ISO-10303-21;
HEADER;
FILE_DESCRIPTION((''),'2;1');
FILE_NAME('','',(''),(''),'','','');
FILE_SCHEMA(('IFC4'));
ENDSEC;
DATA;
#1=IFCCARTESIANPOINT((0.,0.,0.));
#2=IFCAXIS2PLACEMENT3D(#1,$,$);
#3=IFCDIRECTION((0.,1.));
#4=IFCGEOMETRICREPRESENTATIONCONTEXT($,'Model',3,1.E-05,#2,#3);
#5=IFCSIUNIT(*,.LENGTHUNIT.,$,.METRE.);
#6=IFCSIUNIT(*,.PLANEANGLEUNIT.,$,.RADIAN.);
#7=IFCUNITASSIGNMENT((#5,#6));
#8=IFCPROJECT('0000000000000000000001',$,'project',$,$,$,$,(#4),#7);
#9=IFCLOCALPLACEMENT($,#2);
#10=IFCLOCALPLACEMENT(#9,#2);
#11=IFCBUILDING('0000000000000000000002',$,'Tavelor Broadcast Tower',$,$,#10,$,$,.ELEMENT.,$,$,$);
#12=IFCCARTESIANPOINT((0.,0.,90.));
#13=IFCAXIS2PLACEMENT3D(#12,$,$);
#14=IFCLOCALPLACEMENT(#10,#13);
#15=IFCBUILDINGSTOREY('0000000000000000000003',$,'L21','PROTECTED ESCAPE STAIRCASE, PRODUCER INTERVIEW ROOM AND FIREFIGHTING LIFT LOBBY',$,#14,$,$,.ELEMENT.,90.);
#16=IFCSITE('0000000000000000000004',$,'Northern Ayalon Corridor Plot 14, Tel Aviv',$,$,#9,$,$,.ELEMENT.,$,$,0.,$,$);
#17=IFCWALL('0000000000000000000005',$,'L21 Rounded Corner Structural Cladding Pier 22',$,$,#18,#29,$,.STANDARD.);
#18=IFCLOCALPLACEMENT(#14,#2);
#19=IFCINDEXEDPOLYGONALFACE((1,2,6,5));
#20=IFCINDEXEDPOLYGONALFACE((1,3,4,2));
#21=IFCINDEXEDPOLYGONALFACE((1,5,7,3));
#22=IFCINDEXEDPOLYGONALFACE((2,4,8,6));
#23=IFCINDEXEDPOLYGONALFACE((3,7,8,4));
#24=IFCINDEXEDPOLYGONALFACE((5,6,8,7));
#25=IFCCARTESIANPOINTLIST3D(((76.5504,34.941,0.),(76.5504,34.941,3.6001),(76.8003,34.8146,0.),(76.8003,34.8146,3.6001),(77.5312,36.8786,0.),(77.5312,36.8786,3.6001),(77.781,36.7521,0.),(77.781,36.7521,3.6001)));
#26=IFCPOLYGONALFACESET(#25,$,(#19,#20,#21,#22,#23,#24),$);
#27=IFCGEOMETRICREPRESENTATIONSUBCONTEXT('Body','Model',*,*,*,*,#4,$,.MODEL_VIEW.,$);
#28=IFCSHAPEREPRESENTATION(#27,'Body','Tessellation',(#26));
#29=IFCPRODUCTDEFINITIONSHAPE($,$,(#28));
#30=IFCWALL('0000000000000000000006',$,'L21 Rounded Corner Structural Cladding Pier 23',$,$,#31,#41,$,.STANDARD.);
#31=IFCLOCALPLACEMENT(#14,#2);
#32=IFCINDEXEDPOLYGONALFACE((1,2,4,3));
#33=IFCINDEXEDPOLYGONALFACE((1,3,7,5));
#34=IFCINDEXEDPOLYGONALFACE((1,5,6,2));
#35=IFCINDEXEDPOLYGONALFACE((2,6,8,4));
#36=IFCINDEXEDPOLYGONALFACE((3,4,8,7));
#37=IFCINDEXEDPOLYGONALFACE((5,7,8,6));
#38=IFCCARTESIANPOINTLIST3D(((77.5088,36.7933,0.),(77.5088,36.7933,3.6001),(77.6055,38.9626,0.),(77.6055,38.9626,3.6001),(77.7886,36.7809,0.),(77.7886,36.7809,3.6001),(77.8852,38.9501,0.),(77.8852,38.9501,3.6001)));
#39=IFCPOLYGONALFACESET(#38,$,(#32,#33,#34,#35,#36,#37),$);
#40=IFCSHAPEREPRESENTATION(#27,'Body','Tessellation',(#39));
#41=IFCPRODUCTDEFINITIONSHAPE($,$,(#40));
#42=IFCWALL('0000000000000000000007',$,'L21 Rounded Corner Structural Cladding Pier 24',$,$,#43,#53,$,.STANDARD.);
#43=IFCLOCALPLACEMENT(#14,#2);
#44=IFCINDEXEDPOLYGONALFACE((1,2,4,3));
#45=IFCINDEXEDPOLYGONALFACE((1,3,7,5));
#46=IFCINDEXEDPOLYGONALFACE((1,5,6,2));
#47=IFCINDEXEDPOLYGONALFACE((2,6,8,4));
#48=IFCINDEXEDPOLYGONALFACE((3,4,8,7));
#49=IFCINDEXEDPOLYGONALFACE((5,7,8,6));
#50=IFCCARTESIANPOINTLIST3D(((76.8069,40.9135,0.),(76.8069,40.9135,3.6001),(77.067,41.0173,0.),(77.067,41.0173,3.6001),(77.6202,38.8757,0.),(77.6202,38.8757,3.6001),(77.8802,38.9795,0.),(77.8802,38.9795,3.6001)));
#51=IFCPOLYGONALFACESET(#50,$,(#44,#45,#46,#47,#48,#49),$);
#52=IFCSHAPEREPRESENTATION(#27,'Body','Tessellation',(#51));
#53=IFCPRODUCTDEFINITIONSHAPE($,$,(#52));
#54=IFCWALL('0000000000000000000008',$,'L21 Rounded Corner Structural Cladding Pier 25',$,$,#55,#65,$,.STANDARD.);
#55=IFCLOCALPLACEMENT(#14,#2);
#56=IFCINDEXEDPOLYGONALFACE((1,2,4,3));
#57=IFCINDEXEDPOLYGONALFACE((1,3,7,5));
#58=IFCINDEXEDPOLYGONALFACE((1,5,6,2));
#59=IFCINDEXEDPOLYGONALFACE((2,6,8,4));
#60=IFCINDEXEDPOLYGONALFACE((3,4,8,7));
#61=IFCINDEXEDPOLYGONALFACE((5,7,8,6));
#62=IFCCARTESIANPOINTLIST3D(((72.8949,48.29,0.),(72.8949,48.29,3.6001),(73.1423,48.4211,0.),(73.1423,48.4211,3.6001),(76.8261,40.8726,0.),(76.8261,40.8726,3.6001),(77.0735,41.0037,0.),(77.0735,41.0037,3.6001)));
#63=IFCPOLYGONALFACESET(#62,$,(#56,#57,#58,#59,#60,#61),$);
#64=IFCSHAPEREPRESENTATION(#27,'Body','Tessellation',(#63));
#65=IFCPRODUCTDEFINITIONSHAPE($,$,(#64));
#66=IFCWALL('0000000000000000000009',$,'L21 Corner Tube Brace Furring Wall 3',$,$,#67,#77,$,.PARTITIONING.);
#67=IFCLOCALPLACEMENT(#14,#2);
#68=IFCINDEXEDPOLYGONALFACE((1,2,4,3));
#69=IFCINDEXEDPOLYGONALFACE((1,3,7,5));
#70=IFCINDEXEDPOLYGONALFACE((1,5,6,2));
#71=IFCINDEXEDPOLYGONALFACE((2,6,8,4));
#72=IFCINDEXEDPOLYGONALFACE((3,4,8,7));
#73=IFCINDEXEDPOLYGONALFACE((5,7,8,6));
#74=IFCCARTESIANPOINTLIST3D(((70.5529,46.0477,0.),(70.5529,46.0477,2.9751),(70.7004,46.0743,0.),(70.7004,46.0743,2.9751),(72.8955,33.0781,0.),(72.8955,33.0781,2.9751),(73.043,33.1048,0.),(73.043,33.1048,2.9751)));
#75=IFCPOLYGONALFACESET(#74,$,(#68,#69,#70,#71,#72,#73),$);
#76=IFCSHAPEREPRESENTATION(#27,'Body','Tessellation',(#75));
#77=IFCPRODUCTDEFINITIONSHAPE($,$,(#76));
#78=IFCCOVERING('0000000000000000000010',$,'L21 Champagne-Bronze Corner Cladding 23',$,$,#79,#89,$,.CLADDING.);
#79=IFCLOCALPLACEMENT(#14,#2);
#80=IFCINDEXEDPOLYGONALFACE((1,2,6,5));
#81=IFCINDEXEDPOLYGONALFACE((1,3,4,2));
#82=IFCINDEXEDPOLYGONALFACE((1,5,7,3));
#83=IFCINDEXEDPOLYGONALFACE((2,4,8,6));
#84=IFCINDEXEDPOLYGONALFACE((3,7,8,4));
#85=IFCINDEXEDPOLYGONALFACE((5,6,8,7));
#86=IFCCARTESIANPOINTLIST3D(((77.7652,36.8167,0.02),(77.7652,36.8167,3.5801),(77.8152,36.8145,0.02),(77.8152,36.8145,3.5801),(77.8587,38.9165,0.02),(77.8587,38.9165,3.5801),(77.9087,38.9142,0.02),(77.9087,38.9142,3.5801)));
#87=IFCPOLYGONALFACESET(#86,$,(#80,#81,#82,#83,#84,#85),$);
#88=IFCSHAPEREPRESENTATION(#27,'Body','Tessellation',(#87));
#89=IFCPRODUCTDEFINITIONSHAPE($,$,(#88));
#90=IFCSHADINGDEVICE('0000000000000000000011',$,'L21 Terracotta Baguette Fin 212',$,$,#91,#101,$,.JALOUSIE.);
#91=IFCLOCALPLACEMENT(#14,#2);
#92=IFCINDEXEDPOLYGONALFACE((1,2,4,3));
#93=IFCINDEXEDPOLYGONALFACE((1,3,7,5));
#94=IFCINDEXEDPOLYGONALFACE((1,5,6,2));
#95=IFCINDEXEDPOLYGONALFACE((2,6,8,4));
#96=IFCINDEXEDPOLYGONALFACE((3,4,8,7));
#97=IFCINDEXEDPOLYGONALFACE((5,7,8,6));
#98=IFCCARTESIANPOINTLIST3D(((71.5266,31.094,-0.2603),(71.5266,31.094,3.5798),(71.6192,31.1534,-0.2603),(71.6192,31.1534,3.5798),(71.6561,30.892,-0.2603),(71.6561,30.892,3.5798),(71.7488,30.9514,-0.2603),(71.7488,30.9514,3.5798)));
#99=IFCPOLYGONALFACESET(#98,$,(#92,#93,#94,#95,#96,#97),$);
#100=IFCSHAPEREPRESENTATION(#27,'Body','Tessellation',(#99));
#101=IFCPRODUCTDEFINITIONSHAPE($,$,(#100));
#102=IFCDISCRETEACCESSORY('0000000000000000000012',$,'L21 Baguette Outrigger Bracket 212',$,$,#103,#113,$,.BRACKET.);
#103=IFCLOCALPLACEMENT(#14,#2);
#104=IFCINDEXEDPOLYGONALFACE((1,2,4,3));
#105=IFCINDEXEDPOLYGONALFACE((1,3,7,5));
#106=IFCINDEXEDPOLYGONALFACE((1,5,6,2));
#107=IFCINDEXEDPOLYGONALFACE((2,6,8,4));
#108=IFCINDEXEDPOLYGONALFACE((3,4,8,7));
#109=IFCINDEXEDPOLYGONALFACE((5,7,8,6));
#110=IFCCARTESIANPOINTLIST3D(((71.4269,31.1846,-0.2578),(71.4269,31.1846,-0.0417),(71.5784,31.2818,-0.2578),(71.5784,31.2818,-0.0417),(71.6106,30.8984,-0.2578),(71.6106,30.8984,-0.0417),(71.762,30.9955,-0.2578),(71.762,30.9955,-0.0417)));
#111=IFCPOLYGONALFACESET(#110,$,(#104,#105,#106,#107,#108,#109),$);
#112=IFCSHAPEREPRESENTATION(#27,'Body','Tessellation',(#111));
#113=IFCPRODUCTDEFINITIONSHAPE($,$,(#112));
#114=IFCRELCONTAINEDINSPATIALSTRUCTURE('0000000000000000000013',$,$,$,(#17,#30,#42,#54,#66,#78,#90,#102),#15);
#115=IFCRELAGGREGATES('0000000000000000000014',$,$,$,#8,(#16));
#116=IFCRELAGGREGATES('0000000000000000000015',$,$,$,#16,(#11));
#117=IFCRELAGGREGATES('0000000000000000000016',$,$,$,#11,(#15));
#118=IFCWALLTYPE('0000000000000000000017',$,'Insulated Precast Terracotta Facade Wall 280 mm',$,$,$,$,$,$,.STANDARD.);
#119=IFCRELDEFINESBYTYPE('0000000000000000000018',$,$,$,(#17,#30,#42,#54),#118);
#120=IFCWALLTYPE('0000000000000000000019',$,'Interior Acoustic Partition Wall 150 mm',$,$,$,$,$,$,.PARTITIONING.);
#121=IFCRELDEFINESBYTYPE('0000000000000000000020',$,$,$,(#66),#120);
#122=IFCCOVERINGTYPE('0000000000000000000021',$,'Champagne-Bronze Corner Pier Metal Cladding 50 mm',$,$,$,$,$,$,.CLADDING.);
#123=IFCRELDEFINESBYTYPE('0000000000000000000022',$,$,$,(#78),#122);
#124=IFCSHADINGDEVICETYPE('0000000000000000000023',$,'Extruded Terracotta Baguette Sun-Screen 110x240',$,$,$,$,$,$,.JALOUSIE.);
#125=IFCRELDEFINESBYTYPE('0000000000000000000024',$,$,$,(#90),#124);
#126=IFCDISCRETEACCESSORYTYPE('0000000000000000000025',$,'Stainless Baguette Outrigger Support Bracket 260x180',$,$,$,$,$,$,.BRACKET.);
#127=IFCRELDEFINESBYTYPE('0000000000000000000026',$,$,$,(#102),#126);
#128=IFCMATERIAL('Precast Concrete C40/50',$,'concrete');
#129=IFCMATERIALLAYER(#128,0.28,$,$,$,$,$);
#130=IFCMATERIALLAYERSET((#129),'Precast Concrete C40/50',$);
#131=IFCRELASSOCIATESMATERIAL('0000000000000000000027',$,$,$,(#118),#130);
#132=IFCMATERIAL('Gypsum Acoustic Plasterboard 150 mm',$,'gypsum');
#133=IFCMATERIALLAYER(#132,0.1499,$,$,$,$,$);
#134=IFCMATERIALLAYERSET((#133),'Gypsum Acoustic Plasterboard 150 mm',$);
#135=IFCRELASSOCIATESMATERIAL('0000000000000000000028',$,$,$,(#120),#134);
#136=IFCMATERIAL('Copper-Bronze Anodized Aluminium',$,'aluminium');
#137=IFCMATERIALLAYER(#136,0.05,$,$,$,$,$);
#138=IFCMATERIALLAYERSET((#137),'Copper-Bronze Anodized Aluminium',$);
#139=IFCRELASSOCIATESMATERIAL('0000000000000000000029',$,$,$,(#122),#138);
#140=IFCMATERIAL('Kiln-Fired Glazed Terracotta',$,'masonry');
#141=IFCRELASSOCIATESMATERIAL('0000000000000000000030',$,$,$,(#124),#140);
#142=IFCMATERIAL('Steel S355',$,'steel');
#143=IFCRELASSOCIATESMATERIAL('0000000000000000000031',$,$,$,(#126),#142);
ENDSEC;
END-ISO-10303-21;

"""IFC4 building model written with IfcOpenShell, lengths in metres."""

from ifc_helpers import new_model, si_unit, direction, frame, frame_2d, origin, origin_2d, place, context, subcontext, project, spatial, rectangle, extrude, source, transform, mapped, material, layer, layer_set, type_object, type_shapes, element, save


model = new_model("IFC4")

# Units and contexts
model_context = context("Model", 3, precision=1e-05, world=origin(), true_north=direction((0.0, 1.0)))
body_context = subcontext(model_context, "Body", "Model", "MODEL_VIEW")
ifc_project = project(units=[si_unit("LENGTHUNIT", "METRE"), si_unit("PLANEANGLEUNIT", "RADIAN")], contexts=[model_context])

# Site, building, storey
site_placement = place(None, origin())
site = spatial("IfcSite", under=ifc_project, at=site_placement, Name="Northern Ayalon Corridor Plot 14, Tel Aviv", CompositionType="ELEMENT", RefElevation=0.0)
building_placement = place(site_placement, origin())
building = spatial("IfcBuilding", under=site, at=building_placement, Name="Tavelor Broadcast Tower", CompositionType="ELEMENT")
storey_placement = place(building_placement, frame((0.0, 0.0, 90.0)))
storey = spatial("IfcBuildingStorey", under=building, at=storey_placement, Name="L21", Description="PROTECTED ESCAPE STAIRCASE, PRODUCER INTERVIEW ROOM AND FIREFIGHTING LIFT LOBBY", CompositionType="ELEMENT", Elevation=90.0)

# Shared definitions
ifc_material_1 = material(Name="Steel S355", Category="steel")

# Walls
ifc_material_2 = material(Name="Precast Concrete C40/50", Category="concrete")
ifc_layer_1 = layer(ifc_material_2, 0.28)
ifc_layer_set_1 = layer_set([ifc_layer_1], Name="Precast Concrete C40/50")
wall_type_1 = type_object("IfcWallType", Name="Insulated Precast Terracotta Facade Wall 280 mm", PredefinedType="STANDARD", material=ifc_layer_set_1)
wall_1_placement = place(storey_placement, frame((76.6753, 34.8777, 0.0), z_axis=(0.0, 0.0, 1.0), x_axis=(0.451615, 0.892213, 0.0)))
element("IfcWall", 1, at=wall_1_placement, inside=storey, type_object=wall_type_1, Name="L21 Rounded Corner Structural Cladding Pier 22", PredefinedType="STANDARD", context=body_context, shape_type="SweptSolid", body=[
    extrude(rectangle(XDim=2.1716, YDim=0.28, at=frame_2d((1.0859, 0.0))), origin(), (0.0, 0.0, 1.0), 3.6001),
])
wall_2_placement = place(storey_placement, frame((77.6487, 36.7871, 0.0), z_axis=(0.0, 0.0, 1.0), x_axis=(0.044525, 0.999008, 0.0)))
element("IfcWall", 2, at=wall_2_placement, inside=storey, type_object=wall_type_1, Name="L21 Rounded Corner Structural Cladding Pier 23", PredefinedType="STANDARD", context=body_context, shape_type="SweptSolid", body=[
    extrude(rectangle(XDim=2.1714, YDim=0.28, at=frame_2d((1.0857, 0.0))), origin(), (0.0, 0.0, 1.0), 3.6001),
])
wall_3_placement = place(storey_placement, frame((77.7502, 38.9275, 0.0), z_axis=(0.0, 0.0, 1.0), x_axis=(-0.370642, 0.928776, 0.0)))
element("IfcWall", 3, at=wall_3_placement, inside=storey, type_object=wall_type_1, Name="L21 Rounded Corner Structural Cladding Pier 24", PredefinedType="STANDARD", context=body_context, shape_type="SweptSolid", body=[
    extrude(rectangle(XDim=2.1941, YDim=0.28, at=frame_2d((1.0972, 0.0))), origin(), (0.0, 0.0, 1.0), 3.6001),
])
wall_4_placement = place(storey_placement, frame((76.9497, 40.9382, 0.0), z_axis=(0.0, 0.0, 1.0), x_axis=(-0.468283, 0.883578, 0.0)))
element("IfcWall", 4, at=wall_4_placement, inside=storey, type_object=wall_type_1, Name="L21 Rounded Corner Structural Cladding Pier 25", PredefinedType="STANDARD", context=body_context, shape_type="SweptSolid", body=[
    extrude(rectangle(XDim=8.3948, YDim=0.28, at=frame_2d((4.1973, 0.0))), origin(), (0.0, 0.0, 1.0), 3.6001),
])
ifc_material_3 = material(Name="Gypsum Acoustic Plasterboard 150 mm", Category="gypsum")
ifc_layer_2 = layer(ifc_material_3, 0.1499)
ifc_layer_set_2 = layer_set([ifc_layer_2], Name="Gypsum Acoustic Plasterboard 150 mm")
wall_type_2 = type_object("IfcWallType", Name="Interior Acoustic Partition Wall 150 mm", PredefinedType="PARTITIONING", material=ifc_layer_set_2)
wall_5_placement = place(storey_placement, frame((72.9692, 33.0913, 0.0), z_axis=(0.0, 0.0, 1.0), x_axis=(-0.177743, 0.984077, 0.0)))
element("IfcWall", 5, at=wall_5_placement, inside=storey, type_object=wall_type_2, Name="L21 Corner Tube Brace Furring Wall 3", PredefinedType="PARTITIONING", context=body_context, shape_type="SweptSolid", body=[
    extrude(rectangle(XDim=13.1794, YDim=0.1499, at=frame_2d((6.5898, 0.0))), origin(), (0.0, 0.0, 1.0), 2.9751),
])

# Covering
ifc_material_4 = material(Name="Copper-Bronze Anodized Aluminium", Category="aluminium")
ifc_layer_3 = layer(ifc_material_4, 0.05)
ifc_layer_set_3 = layer_set([ifc_layer_3], Name="Copper-Bronze Anodized Aluminium")
covering_type = type_object("IfcCoveringType", Name="Champagne-Bronze Corner Pier Metal Cladding 50 mm", PredefinedType="CLADDING", material=ifc_layer_set_3)
covering_placement = place(storey_placement, frame((77.8369, 37.8655, 0.02), z_axis=(0.0, 0.0, 1.0), x_axis=(0.044491, 0.99901, 0.0)))
element("IfcCovering", 6, at=covering_placement, inside=storey, type_object=covering_type, Name="L21 Champagne-Bronze Corner Cladding 23", PredefinedType="CLADDING", context=body_context, shape_type="SweptSolid", body=[
    extrude(rectangle(XDim=2.1018, YDim=0.05, at=origin_2d()), origin(), (0.0, 0.0, 1.0), 3.5601),
])

# Shading device
ifc_material_5 = material(Name="Kiln-Fired Glazed Terracotta", Category="masonry")
shading_device_type = type_object("IfcShadingDeviceType", Name="Extruded Terracotta Baguette Sun-Screen 110x240", PredefinedType="JALOUSIE", material=ifc_material_5)
shared_shape_1 = source(origin(), body_context, "Body", "SweptSolid", [
    extrude(rectangle(XDim=0.1101, YDim=0.24, at=origin_2d()), origin(), (0.0, 0.0, 1.0), 3.8401),
])
type_shapes(shading_device_type, [shared_shape_1])
shading_device_placement = place(storey_placement, frame((71.6377, 31.0227, -0.2603), z_axis=(0.0, 0.0, 1.0), x_axis=(0.841699, 0.539947, 0.0)))
element("IfcShadingDevice", 7, at=shading_device_placement, inside=storey, type_object=shading_device_type, Name="L21 Terracotta Baguette Fin 212", PredefinedType="JALOUSIE", context=body_context, shape_type="MappedRepresentation", body=[
    mapped(shared_shape_1, transform((0.0, 0.0, 0.0), scale=1.0)),
])

# Discrete accessory
discrete_accessory_type = type_object("IfcDiscreteAccessoryType", Name="Stainless Baguette Outrigger Support Bracket 260x180", PredefinedType="BRACKET", material=ifc_material_1)
shared_shape_2 = source(origin(), body_context, "Body", "SweptSolid", [
    extrude(rectangle(XDim=0.1799, YDim=0.3401, at=origin_2d()), origin(), (0.0, 0.0, 1.0), 0.2161),
])
type_shapes(discrete_accessory_type, [shared_shape_2])
discrete_accessory_placement = place(storey_placement, frame((71.5945, 31.0901, -0.2578), z_axis=(0.0, 0.0, 1.0), x_axis=(0.841699, 0.539947, 0.0)))
element("IfcDiscreteAccessory", 8, at=discrete_accessory_placement, inside=storey, type_object=discrete_accessory_type, Name="L21 Baguette Outrigger Bracket 212", PredefinedType="BRACKET", context=body_context, shape_type="MappedRepresentation", body=[
    mapped(shared_shape_2, transform((0.0, 0.0, 0.0), scale=1.0)),
])

save(model, "model.ifc")
